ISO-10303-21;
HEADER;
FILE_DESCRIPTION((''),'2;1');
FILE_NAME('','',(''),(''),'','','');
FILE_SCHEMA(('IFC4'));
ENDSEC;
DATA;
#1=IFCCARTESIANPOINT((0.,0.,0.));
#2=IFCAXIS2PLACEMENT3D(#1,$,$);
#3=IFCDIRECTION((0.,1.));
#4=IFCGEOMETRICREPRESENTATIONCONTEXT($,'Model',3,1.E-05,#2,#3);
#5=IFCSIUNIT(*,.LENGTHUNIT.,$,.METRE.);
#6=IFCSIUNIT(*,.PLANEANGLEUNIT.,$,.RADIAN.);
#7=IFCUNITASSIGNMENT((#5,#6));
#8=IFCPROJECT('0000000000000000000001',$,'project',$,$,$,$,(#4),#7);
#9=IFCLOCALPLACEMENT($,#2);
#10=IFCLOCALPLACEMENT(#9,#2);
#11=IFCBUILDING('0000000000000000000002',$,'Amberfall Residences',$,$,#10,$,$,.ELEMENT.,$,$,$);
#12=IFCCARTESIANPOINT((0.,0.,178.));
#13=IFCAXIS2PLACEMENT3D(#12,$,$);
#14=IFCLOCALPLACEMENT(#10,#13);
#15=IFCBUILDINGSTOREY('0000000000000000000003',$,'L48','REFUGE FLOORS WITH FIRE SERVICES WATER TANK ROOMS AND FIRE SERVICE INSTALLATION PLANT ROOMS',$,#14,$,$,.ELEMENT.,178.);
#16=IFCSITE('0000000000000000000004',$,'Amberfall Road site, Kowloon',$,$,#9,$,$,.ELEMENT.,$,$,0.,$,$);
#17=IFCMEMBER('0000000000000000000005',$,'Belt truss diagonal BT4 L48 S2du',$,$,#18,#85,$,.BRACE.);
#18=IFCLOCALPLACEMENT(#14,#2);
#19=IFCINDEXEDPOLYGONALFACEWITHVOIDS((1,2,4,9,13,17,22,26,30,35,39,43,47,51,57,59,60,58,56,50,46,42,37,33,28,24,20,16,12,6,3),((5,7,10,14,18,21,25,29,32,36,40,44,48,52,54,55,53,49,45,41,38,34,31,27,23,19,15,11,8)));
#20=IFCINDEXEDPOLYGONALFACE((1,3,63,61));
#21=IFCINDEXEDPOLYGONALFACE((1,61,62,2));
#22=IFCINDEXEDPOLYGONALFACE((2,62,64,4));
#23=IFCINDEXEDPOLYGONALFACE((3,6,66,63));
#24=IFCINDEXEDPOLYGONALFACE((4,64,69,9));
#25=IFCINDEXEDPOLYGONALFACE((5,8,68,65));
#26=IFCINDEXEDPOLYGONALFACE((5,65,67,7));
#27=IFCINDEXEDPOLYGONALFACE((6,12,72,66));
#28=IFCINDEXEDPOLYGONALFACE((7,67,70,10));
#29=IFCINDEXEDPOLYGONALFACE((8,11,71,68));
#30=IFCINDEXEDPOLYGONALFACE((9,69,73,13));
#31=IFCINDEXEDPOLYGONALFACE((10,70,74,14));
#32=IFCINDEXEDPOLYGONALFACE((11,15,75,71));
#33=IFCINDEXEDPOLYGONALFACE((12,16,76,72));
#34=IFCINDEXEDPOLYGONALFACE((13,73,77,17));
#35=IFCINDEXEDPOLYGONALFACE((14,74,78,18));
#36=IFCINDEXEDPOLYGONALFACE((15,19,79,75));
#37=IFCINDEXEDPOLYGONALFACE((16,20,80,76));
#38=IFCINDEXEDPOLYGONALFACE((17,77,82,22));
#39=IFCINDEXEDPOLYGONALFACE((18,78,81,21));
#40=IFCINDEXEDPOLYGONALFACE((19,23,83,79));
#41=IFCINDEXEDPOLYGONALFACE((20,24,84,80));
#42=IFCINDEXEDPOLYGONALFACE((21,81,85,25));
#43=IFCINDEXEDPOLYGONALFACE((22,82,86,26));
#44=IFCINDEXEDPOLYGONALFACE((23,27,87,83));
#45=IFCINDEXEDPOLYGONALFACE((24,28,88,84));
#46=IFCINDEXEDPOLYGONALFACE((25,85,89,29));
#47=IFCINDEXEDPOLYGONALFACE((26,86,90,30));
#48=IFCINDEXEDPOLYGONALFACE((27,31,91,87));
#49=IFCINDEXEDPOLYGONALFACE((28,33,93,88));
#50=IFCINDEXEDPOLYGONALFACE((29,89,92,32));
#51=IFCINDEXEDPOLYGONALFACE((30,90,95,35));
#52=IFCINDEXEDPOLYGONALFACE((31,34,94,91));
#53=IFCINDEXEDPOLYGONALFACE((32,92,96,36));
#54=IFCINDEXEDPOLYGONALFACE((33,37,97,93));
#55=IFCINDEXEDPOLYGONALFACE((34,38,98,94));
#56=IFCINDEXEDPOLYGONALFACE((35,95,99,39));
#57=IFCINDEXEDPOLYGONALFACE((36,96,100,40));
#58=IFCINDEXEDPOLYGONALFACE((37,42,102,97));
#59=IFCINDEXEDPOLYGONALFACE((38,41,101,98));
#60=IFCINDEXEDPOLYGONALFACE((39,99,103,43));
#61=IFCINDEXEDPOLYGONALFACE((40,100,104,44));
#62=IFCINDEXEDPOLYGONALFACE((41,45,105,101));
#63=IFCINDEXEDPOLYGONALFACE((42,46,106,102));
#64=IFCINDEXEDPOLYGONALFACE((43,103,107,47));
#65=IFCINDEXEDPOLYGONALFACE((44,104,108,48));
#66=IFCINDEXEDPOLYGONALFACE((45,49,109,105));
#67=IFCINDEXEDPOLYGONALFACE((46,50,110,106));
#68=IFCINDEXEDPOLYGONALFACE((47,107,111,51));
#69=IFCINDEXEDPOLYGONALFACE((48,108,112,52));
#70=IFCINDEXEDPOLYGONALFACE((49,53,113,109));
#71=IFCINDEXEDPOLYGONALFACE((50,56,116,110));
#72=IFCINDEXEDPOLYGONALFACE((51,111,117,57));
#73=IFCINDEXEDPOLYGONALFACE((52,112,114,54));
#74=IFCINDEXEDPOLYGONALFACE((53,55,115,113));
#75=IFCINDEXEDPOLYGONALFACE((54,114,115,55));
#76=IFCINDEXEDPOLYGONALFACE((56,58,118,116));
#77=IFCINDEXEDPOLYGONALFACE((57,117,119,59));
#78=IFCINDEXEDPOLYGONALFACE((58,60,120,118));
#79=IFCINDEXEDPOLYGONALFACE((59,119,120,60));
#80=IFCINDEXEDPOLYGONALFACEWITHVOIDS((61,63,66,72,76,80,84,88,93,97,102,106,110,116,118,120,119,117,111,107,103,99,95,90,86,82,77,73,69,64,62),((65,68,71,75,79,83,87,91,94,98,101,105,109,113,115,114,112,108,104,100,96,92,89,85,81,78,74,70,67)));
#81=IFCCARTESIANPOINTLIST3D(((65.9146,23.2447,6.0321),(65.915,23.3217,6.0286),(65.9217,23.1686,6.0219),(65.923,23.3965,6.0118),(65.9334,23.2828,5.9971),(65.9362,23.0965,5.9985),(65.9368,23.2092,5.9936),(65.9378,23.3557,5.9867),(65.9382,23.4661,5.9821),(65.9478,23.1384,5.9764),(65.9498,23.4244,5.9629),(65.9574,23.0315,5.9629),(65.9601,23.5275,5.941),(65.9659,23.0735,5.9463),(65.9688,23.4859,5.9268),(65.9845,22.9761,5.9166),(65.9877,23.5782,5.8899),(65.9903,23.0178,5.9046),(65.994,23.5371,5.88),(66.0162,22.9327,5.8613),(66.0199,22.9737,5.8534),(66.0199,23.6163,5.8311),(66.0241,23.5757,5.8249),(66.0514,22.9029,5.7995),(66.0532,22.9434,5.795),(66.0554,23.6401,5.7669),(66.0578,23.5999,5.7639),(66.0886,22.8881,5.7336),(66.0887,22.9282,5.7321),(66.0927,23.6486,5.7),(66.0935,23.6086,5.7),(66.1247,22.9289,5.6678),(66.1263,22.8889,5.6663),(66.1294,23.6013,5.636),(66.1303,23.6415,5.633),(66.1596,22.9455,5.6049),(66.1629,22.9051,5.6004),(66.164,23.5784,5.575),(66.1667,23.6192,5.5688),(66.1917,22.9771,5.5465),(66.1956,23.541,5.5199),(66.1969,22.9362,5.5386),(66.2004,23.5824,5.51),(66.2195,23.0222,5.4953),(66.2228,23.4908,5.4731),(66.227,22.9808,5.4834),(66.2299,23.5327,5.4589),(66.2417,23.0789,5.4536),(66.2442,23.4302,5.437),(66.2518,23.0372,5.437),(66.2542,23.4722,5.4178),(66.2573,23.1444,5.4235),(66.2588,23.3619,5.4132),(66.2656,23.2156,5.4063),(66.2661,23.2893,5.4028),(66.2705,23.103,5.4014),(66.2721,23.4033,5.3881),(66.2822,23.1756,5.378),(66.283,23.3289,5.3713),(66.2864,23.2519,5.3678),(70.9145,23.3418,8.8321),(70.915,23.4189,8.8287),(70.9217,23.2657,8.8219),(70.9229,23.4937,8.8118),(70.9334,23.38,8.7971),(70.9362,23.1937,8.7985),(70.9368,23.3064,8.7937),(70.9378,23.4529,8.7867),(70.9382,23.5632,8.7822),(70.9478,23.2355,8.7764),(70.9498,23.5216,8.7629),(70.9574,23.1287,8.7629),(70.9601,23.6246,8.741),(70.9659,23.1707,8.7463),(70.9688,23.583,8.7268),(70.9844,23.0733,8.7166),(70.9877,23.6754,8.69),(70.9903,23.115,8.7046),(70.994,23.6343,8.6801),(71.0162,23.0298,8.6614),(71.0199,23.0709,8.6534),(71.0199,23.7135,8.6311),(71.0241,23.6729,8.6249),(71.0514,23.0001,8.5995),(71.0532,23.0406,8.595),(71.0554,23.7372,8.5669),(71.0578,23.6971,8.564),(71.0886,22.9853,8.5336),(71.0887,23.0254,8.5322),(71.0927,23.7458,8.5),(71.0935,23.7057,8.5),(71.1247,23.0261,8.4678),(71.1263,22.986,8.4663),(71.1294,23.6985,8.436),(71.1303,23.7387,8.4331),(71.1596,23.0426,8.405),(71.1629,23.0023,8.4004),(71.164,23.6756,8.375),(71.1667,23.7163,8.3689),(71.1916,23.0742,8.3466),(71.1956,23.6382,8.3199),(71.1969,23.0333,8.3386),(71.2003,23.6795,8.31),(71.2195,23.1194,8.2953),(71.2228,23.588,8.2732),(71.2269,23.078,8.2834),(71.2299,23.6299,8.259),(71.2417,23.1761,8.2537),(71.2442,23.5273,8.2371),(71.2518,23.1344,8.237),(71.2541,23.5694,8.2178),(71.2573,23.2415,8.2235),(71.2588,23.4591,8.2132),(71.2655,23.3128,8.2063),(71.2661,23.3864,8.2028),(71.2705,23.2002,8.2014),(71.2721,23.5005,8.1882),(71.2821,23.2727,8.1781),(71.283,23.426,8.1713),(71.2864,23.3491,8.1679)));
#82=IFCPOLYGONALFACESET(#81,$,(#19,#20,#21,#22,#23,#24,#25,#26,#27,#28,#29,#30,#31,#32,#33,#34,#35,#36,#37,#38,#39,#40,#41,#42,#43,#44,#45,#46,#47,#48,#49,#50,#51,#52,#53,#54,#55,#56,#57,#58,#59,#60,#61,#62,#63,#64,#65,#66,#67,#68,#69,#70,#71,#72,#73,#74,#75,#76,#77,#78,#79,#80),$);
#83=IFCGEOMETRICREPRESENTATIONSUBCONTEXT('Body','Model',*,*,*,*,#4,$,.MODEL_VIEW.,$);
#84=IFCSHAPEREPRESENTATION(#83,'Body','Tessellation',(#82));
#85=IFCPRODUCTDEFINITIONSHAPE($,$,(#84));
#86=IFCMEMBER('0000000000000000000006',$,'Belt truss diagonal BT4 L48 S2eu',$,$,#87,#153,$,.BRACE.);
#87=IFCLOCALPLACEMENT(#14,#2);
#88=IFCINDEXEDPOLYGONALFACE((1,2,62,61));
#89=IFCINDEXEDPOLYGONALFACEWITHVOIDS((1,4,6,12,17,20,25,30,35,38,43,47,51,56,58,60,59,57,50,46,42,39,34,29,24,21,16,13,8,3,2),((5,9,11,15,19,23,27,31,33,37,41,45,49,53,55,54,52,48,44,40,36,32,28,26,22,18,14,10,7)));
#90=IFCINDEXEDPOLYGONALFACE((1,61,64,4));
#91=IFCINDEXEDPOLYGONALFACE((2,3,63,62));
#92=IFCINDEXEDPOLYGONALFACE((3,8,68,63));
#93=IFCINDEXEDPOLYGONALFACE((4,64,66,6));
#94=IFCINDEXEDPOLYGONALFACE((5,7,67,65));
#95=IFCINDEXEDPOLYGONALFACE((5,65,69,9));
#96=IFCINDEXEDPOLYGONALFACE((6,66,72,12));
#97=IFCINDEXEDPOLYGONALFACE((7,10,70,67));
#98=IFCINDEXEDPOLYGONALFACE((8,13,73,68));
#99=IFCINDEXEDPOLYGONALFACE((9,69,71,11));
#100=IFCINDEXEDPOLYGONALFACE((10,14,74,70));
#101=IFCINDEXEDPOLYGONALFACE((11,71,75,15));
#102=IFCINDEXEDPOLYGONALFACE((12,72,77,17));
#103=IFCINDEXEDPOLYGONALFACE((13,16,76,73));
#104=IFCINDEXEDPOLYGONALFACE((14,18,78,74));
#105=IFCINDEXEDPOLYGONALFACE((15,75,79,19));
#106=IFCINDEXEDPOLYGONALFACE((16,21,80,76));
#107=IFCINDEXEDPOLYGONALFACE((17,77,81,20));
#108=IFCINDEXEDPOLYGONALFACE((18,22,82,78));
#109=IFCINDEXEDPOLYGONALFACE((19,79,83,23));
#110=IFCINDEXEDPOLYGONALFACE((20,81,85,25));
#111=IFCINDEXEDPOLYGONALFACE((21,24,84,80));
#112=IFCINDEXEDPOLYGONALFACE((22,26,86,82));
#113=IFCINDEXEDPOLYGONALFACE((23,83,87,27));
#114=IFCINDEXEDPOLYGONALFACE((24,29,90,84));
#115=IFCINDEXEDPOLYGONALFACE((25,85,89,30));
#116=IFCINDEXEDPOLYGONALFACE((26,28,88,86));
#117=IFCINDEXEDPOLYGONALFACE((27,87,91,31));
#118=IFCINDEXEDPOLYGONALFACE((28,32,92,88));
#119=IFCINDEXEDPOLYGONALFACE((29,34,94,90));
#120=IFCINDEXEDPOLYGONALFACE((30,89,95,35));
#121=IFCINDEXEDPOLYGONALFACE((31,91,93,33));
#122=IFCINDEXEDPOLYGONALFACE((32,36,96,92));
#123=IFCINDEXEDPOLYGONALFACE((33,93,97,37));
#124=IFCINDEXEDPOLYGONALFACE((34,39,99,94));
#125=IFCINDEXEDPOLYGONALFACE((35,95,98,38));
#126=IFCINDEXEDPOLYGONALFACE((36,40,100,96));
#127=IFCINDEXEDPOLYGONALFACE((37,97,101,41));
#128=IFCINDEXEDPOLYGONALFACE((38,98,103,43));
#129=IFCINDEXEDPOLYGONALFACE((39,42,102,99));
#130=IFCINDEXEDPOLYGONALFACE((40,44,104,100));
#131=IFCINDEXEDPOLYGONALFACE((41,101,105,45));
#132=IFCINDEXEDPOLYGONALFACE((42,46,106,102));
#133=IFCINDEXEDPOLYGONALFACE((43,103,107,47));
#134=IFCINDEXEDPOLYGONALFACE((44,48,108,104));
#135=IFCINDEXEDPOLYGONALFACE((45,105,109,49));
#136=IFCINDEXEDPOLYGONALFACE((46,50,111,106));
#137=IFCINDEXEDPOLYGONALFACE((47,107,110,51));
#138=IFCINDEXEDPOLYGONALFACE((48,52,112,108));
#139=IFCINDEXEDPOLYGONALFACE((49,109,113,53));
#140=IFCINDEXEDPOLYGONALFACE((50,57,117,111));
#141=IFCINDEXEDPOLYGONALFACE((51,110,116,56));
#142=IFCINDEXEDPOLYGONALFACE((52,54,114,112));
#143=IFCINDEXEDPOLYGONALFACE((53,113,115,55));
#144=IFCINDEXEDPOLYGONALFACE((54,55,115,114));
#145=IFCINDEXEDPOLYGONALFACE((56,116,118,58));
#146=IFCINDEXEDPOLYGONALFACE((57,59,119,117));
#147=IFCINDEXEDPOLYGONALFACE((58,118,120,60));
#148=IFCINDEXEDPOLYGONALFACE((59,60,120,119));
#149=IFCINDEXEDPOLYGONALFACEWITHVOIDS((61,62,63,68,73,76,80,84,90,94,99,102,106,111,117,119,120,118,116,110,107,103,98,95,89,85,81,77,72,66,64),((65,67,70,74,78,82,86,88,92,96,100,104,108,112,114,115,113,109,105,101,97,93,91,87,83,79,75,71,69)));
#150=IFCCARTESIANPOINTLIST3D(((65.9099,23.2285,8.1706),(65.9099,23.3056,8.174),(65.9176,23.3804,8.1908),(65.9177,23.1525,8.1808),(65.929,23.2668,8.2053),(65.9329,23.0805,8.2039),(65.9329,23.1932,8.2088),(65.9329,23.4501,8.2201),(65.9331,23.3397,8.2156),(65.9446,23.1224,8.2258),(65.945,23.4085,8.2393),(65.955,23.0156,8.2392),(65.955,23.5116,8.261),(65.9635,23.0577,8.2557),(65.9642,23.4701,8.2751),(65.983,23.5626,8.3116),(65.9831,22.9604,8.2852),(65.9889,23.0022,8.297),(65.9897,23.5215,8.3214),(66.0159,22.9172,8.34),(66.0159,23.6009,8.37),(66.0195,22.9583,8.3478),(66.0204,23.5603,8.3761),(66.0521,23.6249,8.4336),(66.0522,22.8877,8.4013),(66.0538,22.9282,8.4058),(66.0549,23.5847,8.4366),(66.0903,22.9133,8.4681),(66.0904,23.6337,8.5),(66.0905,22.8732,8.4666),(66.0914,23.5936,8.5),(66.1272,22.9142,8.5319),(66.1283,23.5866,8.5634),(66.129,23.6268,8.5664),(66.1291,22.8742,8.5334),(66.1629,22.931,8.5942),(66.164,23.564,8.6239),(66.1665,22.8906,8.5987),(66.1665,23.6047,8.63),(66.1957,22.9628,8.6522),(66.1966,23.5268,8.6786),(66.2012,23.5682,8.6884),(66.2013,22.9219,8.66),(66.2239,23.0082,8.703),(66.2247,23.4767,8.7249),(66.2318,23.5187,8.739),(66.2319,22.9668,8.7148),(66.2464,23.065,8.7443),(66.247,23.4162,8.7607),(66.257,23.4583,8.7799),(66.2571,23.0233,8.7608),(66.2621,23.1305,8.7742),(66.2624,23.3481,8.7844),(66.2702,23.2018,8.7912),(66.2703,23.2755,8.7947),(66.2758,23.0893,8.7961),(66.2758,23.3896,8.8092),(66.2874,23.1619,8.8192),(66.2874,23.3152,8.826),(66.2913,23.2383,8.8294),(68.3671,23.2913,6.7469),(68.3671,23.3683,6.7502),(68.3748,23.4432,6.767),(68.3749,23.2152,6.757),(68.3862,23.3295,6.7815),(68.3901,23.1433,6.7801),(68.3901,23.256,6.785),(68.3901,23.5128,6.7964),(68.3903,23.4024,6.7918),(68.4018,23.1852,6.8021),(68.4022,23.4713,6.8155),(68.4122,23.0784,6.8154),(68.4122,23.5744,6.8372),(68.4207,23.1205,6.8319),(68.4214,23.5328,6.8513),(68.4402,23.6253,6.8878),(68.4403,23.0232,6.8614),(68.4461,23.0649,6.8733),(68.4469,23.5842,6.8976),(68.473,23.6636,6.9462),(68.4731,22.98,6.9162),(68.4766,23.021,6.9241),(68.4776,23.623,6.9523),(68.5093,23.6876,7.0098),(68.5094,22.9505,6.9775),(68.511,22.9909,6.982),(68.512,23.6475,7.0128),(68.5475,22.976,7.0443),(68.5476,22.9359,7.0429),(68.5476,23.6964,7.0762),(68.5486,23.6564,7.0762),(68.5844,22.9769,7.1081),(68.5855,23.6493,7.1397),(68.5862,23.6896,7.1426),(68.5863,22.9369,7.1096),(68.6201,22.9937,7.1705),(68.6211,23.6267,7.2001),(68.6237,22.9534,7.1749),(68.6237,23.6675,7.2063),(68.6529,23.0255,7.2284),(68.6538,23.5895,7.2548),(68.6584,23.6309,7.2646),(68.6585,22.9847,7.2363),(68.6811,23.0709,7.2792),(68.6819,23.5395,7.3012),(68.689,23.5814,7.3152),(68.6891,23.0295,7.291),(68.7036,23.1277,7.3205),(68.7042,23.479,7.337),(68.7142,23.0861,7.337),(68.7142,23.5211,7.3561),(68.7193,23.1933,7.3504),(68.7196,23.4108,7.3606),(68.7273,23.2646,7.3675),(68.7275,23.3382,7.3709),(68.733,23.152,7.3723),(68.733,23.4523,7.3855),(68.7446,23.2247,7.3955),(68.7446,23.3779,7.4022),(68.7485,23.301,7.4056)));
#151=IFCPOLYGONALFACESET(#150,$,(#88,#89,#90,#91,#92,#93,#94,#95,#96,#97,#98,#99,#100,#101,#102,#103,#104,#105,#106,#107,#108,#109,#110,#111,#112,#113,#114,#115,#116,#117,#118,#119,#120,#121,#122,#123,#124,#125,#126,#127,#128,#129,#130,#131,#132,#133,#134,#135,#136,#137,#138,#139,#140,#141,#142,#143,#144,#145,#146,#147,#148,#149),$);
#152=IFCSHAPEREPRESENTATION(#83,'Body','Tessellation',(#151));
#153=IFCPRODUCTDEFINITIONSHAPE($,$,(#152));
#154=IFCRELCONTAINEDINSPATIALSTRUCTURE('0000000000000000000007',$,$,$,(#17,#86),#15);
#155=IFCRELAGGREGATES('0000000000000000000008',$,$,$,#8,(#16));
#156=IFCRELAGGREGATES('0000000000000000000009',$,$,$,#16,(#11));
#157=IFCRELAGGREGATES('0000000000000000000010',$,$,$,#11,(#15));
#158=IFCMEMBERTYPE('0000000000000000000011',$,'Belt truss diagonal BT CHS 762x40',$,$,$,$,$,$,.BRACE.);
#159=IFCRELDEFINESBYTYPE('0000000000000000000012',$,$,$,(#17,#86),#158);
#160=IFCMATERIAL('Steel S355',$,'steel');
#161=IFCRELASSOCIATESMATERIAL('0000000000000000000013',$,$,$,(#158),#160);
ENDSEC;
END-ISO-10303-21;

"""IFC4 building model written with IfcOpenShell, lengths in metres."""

from ifc_helpers import new_model, si_unit, direction, frame, origin, origin_2d, place, context, subcontext, project, spatial, hollow_circle, extrude, material, material_profile, profile_set, type_object, element, save


model = new_model("IFC4")

# Units and contexts
model_context = context("Model", 3, precision=1e-05, world=origin(), true_north=direction((0.0, 1.0)))
body_context = subcontext(model_context, "Body", "Model", "MODEL_VIEW")
ifc_project = project(units=[si_unit("LENGTHUNIT", "METRE"), si_unit("PLANEANGLEUNIT", "RADIAN")], contexts=[model_context])

# Site, building, storey
site_placement = place(None, origin())
site = spatial("IfcSite", under=ifc_project, at=site_placement, Name="Amberfall Road site, Kowloon", CompositionType="ELEMENT", RefElevation=0.0)
building_placement = place(site_placement, origin())
building = spatial("IfcBuilding", under=site, at=building_placement, Name="Amberfall Residences", CompositionType="ELEMENT")
storey_placement = place(building_placement, frame((0.0, 0.0, 178.0)))
storey = spatial("IfcBuildingStorey", under=building, at=storey_placement, Name="L48", Description="REFUGE FLOORS WITH FIRE SERVICES WATER TANK ROOMS AND FIRE SERVICE INSTALLATION PLANT ROOMS", CompositionType="ELEMENT", Elevation=178.0)

# Shared definitions
ifc_material_1 = material(Name="Steel S355", Category="steel")

# Members
ifc_material_profile_1 = material_profile(ifc_material_1, hollow_circle(Radius=0.3811, WallThickness=0.04, at=origin_2d()), Name="CHS 762x40")
ifc_profile_set_1 = profile_set([ifc_material_profile_1], Name="Steel S355")
member_type_1 = type_object("IfcMemberType", Name="Belt truss diagonal BT CHS 762x40", PredefinedType="BRACE", material=ifc_profile_set_1)
member_1_placement = place(storey_placement, frame((66.1001, 23.2676, 5.7), z_axis=(0.872377, 0.016953, 0.48854), x_axis=(-0.01943, 0.999811, 0.0)))
element("IfcMember", 1, at=member_1_placement, inside=storey, type_object=member_type_1, Name="Belt truss diagonal BT4 L48 S2du", PredefinedType="BRACE", context=body_context, shape_type="SweptSolid", body=[
    extrude(hollow_circle(Radius=0.3811, WallThickness=0.04, at=origin_2d()), origin(), (0.0, 0.0, 1.0), 5.7314),
])
member_2_placement = place(storey_placement, frame((66.1001, 23.2527, 8.5), z_axis=(0.865033, 0.022088, -0.501229), x_axis=(-0.025526, 0.999674, 0.0)))
element("IfcMember", 2, at=member_2_placement, inside=storey, type_object=member_type_1, Name="Belt truss diagonal BT4 L48 S2eu", PredefinedType="BRACE", context=body_context, shape_type="SweptSolid", body=[
    extrude(hollow_circle(Radius=0.3811, WallThickness=0.04, at=origin_2d()), origin(), (0.0, 0.0, 1.0), 2.8406),
])

save(model, "model.ifc")
